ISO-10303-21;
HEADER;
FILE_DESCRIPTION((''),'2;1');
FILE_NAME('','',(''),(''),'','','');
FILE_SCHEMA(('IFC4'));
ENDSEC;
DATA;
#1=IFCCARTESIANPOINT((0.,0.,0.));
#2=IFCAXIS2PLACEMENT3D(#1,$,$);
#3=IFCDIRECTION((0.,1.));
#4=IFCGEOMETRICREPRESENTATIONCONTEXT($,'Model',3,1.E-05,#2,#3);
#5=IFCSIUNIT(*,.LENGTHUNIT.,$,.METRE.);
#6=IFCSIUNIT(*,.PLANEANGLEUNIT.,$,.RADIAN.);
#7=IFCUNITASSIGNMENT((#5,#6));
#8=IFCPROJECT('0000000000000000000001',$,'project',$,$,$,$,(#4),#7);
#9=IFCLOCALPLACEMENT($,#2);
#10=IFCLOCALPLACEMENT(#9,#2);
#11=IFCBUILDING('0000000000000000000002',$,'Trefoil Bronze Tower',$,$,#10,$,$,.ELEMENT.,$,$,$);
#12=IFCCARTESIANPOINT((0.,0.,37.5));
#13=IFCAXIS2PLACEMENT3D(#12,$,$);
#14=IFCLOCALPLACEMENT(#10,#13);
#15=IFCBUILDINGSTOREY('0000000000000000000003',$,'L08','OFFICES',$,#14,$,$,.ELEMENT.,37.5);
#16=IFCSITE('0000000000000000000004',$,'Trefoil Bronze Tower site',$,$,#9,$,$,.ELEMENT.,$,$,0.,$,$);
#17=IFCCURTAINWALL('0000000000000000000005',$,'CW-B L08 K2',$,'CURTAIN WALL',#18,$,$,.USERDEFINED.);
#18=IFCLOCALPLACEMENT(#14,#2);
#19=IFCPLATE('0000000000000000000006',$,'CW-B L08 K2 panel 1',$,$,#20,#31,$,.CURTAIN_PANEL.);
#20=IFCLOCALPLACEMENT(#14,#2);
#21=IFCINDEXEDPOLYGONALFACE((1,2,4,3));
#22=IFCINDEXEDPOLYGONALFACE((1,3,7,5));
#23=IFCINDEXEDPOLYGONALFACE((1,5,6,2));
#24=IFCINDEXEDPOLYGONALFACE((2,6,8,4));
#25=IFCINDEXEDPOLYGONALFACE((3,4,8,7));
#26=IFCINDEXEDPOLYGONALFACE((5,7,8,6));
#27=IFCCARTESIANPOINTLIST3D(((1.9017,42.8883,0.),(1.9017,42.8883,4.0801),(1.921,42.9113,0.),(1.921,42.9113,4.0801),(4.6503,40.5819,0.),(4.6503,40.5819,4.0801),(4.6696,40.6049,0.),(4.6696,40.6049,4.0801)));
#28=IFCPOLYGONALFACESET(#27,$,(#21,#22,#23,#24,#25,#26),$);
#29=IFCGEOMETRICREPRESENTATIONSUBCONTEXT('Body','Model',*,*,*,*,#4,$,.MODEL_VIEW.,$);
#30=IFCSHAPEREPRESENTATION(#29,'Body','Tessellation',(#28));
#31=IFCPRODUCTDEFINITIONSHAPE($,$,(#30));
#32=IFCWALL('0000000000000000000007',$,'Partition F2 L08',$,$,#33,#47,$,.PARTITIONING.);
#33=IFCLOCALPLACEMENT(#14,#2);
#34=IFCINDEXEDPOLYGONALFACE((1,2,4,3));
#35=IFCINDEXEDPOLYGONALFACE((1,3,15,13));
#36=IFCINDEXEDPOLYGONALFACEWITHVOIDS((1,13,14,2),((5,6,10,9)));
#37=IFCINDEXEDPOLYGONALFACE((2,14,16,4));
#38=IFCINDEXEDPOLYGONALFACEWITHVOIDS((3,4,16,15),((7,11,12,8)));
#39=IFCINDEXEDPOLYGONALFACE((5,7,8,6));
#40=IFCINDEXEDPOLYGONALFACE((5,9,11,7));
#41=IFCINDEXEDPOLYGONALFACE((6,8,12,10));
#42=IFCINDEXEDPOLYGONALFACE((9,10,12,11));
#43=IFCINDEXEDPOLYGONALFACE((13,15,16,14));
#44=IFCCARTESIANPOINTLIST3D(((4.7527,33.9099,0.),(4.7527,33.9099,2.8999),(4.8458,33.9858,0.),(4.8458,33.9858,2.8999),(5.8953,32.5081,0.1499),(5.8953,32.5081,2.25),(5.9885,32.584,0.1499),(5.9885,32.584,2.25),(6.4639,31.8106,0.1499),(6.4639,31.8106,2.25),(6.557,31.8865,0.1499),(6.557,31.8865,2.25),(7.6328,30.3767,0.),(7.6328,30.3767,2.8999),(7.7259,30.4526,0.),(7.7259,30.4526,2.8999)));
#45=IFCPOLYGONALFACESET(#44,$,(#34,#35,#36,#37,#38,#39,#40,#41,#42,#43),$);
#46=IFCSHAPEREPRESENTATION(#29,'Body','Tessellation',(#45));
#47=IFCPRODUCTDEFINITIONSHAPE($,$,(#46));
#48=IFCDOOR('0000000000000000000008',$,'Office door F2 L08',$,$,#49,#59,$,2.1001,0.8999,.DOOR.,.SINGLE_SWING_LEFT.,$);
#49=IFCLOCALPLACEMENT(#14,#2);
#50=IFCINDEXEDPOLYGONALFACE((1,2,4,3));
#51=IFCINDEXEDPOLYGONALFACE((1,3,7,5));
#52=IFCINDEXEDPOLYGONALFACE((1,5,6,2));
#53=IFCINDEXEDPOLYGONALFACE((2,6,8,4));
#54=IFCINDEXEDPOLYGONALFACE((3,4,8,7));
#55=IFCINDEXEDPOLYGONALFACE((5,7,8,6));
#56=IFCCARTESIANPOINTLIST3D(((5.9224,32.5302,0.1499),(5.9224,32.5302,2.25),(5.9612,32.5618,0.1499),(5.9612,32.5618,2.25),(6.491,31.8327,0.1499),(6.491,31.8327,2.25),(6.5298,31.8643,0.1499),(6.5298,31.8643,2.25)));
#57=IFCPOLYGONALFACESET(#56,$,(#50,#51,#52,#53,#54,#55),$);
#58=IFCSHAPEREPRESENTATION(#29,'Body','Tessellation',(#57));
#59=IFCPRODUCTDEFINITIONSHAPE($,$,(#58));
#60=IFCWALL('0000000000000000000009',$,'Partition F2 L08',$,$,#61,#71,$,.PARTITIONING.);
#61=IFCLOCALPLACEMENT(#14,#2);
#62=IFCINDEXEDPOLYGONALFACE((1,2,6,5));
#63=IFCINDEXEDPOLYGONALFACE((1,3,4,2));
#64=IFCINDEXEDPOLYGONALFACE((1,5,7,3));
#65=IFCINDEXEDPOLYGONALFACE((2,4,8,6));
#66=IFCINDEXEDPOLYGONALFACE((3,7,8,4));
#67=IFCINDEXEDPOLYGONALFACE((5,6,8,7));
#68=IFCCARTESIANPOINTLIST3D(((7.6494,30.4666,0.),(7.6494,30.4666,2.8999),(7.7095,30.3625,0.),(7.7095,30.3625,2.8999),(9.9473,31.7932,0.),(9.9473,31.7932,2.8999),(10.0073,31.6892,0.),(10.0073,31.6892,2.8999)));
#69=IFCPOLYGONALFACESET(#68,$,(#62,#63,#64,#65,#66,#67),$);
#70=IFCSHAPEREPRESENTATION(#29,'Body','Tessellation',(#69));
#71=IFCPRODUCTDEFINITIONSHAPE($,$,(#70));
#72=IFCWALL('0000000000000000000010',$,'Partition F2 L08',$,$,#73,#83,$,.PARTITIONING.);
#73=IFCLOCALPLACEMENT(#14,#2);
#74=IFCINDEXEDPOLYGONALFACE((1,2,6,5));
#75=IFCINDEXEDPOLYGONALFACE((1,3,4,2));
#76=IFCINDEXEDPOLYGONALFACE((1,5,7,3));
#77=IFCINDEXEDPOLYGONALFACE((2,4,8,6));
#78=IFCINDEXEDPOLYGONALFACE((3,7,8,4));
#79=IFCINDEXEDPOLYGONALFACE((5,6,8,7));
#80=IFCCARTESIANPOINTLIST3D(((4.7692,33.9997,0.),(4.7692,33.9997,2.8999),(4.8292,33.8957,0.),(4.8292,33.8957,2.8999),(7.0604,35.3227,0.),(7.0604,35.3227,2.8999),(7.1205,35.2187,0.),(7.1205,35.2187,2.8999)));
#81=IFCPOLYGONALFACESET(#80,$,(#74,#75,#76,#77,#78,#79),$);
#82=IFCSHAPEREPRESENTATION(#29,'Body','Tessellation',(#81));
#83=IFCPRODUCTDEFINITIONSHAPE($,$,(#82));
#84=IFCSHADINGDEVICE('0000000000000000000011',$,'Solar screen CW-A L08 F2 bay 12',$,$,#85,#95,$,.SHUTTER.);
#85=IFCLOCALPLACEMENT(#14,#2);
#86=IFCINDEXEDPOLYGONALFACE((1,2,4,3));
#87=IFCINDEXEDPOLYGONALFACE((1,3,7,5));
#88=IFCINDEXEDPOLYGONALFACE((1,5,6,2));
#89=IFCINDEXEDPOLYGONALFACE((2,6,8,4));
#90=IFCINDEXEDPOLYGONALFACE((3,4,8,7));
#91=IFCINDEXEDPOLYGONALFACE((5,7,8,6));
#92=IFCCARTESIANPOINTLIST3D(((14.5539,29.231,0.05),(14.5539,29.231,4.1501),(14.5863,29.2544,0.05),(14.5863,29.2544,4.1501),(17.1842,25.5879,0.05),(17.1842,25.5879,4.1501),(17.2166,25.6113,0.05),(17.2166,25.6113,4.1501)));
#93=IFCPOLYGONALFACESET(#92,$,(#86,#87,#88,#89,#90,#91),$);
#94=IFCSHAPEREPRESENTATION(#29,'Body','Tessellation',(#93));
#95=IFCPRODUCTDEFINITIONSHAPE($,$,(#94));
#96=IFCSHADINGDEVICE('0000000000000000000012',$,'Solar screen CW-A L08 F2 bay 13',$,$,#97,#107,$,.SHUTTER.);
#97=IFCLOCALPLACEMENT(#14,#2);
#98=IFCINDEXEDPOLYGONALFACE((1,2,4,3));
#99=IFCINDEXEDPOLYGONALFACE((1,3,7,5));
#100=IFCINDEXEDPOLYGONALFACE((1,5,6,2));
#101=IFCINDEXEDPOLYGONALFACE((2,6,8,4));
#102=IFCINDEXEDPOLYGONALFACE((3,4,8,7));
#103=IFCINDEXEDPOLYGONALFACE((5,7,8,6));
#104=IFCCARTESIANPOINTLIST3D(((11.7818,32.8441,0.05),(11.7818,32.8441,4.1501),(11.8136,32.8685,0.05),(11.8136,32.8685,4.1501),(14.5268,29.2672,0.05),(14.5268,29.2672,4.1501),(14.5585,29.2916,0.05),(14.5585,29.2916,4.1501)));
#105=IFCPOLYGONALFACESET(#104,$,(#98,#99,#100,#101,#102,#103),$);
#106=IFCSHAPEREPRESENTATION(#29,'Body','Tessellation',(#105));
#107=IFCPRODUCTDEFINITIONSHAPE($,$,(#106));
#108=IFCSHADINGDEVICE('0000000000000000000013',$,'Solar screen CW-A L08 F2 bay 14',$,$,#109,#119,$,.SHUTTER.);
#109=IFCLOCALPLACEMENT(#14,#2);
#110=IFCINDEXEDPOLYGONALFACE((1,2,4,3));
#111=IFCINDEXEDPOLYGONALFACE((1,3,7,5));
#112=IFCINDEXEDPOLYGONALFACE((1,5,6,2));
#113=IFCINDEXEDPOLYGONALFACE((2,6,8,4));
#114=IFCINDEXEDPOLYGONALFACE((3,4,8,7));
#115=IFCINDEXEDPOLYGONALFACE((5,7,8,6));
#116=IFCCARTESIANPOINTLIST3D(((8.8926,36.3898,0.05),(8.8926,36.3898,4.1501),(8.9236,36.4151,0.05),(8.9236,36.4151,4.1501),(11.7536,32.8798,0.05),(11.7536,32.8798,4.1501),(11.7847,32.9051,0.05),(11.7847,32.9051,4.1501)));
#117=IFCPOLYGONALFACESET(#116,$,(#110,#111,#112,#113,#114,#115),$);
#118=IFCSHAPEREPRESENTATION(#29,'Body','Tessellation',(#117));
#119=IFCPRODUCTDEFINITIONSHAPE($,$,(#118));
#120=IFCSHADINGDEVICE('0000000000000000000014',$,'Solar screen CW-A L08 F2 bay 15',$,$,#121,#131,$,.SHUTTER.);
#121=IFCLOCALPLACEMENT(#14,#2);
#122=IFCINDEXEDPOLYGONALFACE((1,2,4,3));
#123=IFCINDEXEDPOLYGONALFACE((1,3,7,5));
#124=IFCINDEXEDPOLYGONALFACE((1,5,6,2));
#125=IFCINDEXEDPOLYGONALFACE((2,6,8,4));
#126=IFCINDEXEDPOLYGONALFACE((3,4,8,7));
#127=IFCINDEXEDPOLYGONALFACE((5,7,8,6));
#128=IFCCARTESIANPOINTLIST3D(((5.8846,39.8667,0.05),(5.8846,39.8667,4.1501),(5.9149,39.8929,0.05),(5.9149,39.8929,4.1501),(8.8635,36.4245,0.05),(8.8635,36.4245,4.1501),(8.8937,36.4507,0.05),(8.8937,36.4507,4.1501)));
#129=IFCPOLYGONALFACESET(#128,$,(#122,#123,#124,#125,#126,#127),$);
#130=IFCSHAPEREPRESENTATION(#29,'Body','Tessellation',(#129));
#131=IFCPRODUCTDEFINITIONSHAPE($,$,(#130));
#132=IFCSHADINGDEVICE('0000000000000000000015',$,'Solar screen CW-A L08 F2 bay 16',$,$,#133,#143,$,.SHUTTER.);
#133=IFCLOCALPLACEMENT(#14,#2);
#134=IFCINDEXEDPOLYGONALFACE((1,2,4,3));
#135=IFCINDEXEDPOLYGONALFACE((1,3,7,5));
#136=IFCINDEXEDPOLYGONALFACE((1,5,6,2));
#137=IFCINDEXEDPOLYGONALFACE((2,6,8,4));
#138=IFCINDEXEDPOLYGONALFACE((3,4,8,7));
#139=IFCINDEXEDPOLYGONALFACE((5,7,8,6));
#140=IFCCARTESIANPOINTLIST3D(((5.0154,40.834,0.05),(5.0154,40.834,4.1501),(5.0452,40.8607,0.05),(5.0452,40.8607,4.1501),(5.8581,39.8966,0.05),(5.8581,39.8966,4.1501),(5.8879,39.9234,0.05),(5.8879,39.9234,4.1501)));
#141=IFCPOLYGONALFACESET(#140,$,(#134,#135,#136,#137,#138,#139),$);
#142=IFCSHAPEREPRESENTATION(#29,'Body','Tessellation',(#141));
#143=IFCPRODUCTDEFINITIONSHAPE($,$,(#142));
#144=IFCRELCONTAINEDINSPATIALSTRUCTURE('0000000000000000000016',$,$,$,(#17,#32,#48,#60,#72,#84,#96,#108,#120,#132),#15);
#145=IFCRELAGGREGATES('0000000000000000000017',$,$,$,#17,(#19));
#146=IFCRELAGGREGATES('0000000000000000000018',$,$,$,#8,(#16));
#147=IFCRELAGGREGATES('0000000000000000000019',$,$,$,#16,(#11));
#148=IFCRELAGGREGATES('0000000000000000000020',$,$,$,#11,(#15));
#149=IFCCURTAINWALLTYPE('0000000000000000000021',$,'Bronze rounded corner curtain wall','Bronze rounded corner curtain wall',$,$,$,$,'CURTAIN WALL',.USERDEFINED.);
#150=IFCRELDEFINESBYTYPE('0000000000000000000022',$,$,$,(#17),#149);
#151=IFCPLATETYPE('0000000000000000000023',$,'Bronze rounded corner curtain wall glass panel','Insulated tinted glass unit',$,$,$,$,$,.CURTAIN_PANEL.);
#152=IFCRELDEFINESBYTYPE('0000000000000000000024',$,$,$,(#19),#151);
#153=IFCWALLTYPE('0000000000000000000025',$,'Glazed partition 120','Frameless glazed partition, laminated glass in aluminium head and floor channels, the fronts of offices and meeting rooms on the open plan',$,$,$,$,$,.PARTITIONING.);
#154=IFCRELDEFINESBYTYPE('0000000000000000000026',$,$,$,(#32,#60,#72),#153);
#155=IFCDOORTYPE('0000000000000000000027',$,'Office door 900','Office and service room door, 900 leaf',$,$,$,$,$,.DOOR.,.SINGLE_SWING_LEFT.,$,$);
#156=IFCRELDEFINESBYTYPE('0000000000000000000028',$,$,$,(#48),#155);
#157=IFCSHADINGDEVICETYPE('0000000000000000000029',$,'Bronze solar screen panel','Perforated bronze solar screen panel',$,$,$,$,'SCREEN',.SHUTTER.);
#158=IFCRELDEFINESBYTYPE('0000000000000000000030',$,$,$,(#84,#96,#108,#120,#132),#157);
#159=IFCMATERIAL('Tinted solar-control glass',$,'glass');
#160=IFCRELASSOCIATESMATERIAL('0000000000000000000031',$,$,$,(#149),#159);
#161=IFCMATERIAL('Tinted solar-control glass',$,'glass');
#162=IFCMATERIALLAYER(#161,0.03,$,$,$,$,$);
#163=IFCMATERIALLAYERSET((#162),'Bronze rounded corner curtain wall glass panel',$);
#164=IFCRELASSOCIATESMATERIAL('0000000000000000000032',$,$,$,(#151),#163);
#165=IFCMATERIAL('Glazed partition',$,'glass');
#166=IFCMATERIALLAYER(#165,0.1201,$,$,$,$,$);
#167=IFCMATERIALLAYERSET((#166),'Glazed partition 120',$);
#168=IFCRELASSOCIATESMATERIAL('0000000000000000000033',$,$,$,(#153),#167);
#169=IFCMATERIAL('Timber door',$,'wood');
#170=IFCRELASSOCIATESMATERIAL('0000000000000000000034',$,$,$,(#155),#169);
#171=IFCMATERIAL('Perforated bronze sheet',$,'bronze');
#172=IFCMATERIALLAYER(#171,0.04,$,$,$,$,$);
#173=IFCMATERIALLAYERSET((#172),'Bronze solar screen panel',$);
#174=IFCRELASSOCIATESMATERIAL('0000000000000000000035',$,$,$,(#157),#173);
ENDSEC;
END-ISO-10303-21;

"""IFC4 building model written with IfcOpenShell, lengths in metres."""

from ifc_helpers import new_model, si_unit, direction, frame, frame_2d, origin, origin_2d, place, context, subcontext, project, spatial, rectangle, extrude, material, layer, layer_set, type_object, element, fill, aggregate, save


model = new_model("IFC4")

# Units and contexts
model_context = context("Model", 3, precision=1e-05, world=origin(), true_north=direction((0.0, 1.0)))
body_context = subcontext(model_context, "Body", "Model", "MODEL_VIEW")
ifc_project = project(units=[si_unit("LENGTHUNIT", "METRE"), si_unit("PLANEANGLEUNIT", "RADIAN")], contexts=[model_context])

# Site, building, storey
site_placement = place(None, origin())
site = spatial("IfcSite", under=ifc_project, at=site_placement, Name="Trefoil Bronze Tower site", CompositionType="ELEMENT", RefElevation=0.0)
building_placement = place(site_placement, origin())
building = spatial("IfcBuilding", under=site, at=building_placement, Name="Trefoil Bronze Tower", CompositionType="ELEMENT")
storey_placement = place(building_placement, frame((0.0, 0.0, 37.5)))
storey = spatial("IfcBuildingStorey", under=building, at=storey_placement, Name="L08", Description="OFFICES", CompositionType="ELEMENT", Elevation=37.5)

# Curtain wall
ifc_material_1 = material(Name="Tinted solar-control glass", Category="glass")
curtain_wall_type_1 = type_object("IfcCurtainWallType", Name="Bronze rounded corner curtain wall", Description="Bronze rounded corner curtain wall", ElementType="CURTAIN WALL", PredefinedType="USERDEFINED", material=ifc_material_1)
curtain_wall_1_placement = place(storey_placement, origin())
curtain_wall_1 = element("IfcCurtainWall", 1, at=curtain_wall_1_placement, inside=storey, type_object=curtain_wall_type_1, Name="CW-B L08 K2", ObjectType="CURTAIN WALL", PredefinedType="USERDEFINED")

# Plate
ifc_material_2 = material(Name="Tinted solar-control glass", Category="glass")
ifc_layer_1 = layer(ifc_material_2, 0.03)
ifc_layer_set_1 = layer_set([ifc_layer_1], Name="Bronze rounded corner curtain wall glass panel")
plate_type_1 = type_object("IfcPlateType", Name="Bronze rounded corner curtain wall glass panel", Description="Insulated tinted glass unit", PredefinedType="CURTAIN_PANEL", material=ifc_layer_set_1)
plate_1_placement = place(storey_placement, frame((3.2856, 41.7466, 0.0), z_axis=(0.0, 0.0, 1.0), x_axis=(-0.766044, 0.642788, 0.0)))
plate_1 = element("IfcPlate", 2, at=plate_1_placement, type_object=plate_type_1, Name="CW-B L08 K2 panel 1", PredefinedType="CURTAIN_PANEL", context=body_context, shape_type="SweptSolid", body=[
    extrude(rectangle(XDim=3.5881, YDim=0.03, at=origin_2d()), origin(), (0.0, 0.0, 1.0), 4.0801),
])
aggregate(curtain_wall_1, [plate_1])

# Wall, opening, door
ifc_material_3 = material(Name="Glazed partition", Category="glass")
ifc_layer_2 = layer(ifc_material_3, 0.1201)
ifc_layer_set_2 = layer_set([ifc_layer_2], Name="Glazed partition 120")
wall_type = type_object("IfcWallType", Name="Glazed partition 120", Description="Frameless glazed partition, laminated glass in aluminium head and floor channels, the fronts of offices and meeting rooms on the open plan", PredefinedType="PARTITIONING", material=ifc_layer_set_2)
wall_1_placement = place(storey_placement, frame((7.6794, 30.4146, 0.0), z_axis=(0.0, 0.0, 1.0), x_axis=(-0.631834, 0.775104, 0.0)))
wall_1 = element("IfcWall", 3, at=wall_1_placement, inside=storey, type_object=wall_type, Name="Partition F2 L08", PredefinedType="PARTITIONING", context=body_context, shape_type="SweptSolid", body=[
    extrude(rectangle(XDim=4.5583, YDim=0.1201, at=frame_2d((2.2793, 0.0))), origin(), (0.0, 0.0, 1.0), 2.8999),
])
opening_placement = place(wall_1_placement, frame((1.8501, 0.0, 0.1499)))
opening = element("IfcOpeningElement", 4, at=opening_placement, cuts=wall_1, PredefinedType="OPENING", context=body_context, shape_type="SweptSolid", body=[
    extrude(rectangle(XDim=0.8999, YDim=2.1001, at=frame_2d((0.45, 1.05))), frame((0.0, 0.0701, 0.0), z_axis=(0.0, -1.0, 0.0), x_axis=(1.0, 0.0, 0.0)), (0.0, 0.0, 1.0), 0.1401),
])
ifc_material_4 = material(Name="Timber door", Category="wood")
door_type = type_object("IfcDoorType", Name="Office door 900", Description="Office and service room door, 900 leaf", OperationType="SINGLE_SWING_LEFT", PredefinedType="DOOR", material=ifc_material_4)
door_placement = place(opening_placement, frame((0.8999, 0.0, 0.0), z_axis=(0.0, 0.0, 1.0), x_axis=(-1.0, 0.0, 0.0)))
door = element("IfcDoor", 5, at=door_placement, inside=storey, type_object=door_type, Name="Office door F2 L08", OperationType="SINGLE_SWING_LEFT", OverallHeight=2.1001, OverallWidth=0.8999, PredefinedType="DOOR", context=body_context, shape_type="SweptSolid", body=[
    extrude(rectangle(XDim=0.8999, YDim=2.1001, at=frame_2d((0.45, 1.05))), frame((0.0, 0.0249, 0.0), z_axis=(0.0, -1.0, 0.0), x_axis=(1.0, 0.0, 0.0)), (0.0, 0.0, 1.0), 0.05),
])
fill(opening, door)

# Walls
wall_2_placement = place(storey_placement, frame((7.6794, 30.4146, 0.0), z_axis=(0.0, 0.0, 1.0), x_axis=(0.866026, 0.499999, 0.0)))
element("IfcWall", 6, at=wall_2_placement, inside=storey, type_object=wall_type, Name="Partition F2 L08", PredefinedType="PARTITIONING", context=body_context, shape_type="SweptSolid", body=[
    extrude(rectangle(XDim=2.6533, YDim=0.1201, at=frame_2d((1.3267, 0.0))), origin(), (0.0, 0.0, 1.0), 2.8999),
])
wall_3_placement = place(storey_placement, frame((4.7993, 33.9478, 0.0), z_axis=(0.0, 0.0, 1.0), x_axis=(0.866003, 0.500039, 0.0)))
element("IfcWall", 7, at=wall_3_placement, inside=storey, type_object=wall_type, Name="Partition F2 L08", PredefinedType="PARTITIONING", context=body_context, shape_type="SweptSolid", body=[
    extrude(rectangle(XDim=2.6458, YDim=0.1201, at=frame_2d((1.3228, 0.0))), origin(), (0.0, 0.0, 1.0), 2.8999),
])

# Shading devices
ifc_material_5 = material(Name="Perforated bronze sheet", Category="bronze")
ifc_layer_3 = layer(ifc_material_5, 0.04)
ifc_layer_set_3 = layer_set([ifc_layer_3], Name="Bronze solar screen panel")
shading_device_type = type_object("IfcShadingDeviceType", Name="Bronze solar screen panel", Description="Perforated bronze solar screen panel", ElementType="SCREEN", PredefinedType="SHUTTER", material=ifc_layer_set_3)
shading_device_1_placement = place(storey_placement, frame((15.8853, 27.4211, 0.05), z_axis=(0.0, 0.0, 1.0), x_axis=(-0.585373, 0.810764, 0.0)))
element("IfcShadingDevice", 8, at=shading_device_1_placement, inside=storey, type_object=shading_device_type, Name="Solar screen CW-A L08 F2 bay 12", PredefinedType="SHUTTER", context=body_context, shape_type="SweptSolid", body=[
    extrude(rectangle(XDim=4.4934, YDim=0.04, at=origin_2d()), origin(), (0.0, 0.0, 1.0), 4.1001),
])
shading_device_2_placement = place(storey_placement, frame((13.1702, 31.0679, 0.05), z_axis=(0.0, 0.0, 1.0), x_axis=(-0.608808, 0.793318, 0.0)))
element("IfcShadingDevice", 9, at=shading_device_2_placement, inside=storey, type_object=shading_device_type, Name="Solar screen CW-A L08 F2 bay 13", PredefinedType="SHUTTER", context=body_context, shape_type="SweptSolid", body=[
    extrude(rectangle(XDim=4.5088, YDim=0.04, at=origin_2d()), origin(), (0.0, 0.0, 1.0), 4.1001),
])
shading_device_3_placement = place(storey_placement, frame((10.3386, 34.6475, 0.05), z_axis=(0.0, 0.0, 1.0), x_axis=(-0.631811, 0.775123, 0.0)))
element("IfcShadingDevice", 10, at=shading_device_3_placement, inside=storey, type_object=shading_device_type, Name="Solar screen CW-A L08 F2 bay 14", PredefinedType="SHUTTER", context=body_context, shape_type="SweptSolid", body=[
    extrude(rectangle(XDim=4.5283, YDim=0.04, at=origin_2d()), origin(), (0.0, 0.0, 1.0), 4.1001),
])
shading_device_4_placement = place(storey_placement, frame((7.3892, 38.1587, 0.05), z_axis=(0.0, 0.0, 1.0), x_axis=(-0.654376, 0.756169, 0.0)))
element("IfcShadingDevice", 11, at=shading_device_4_placement, inside=storey, type_object=shading_device_type, Name="Solar screen CW-A L08 F2 bay 15", PredefinedType="SHUTTER", context=body_context, shape_type="SweptSolid", body=[
    extrude(rectangle(XDim=4.5522, YDim=0.04, at=origin_2d()), origin(), (0.0, 0.0, 1.0), 4.1001),
])
shading_device_5_placement = place(storey_placement, frame((5.4517, 40.3787, 0.05), z_axis=(0.0, 0.0, 1.0), x_axis=(-0.668575, 0.743645, 0.0)))
element("IfcShadingDevice", 12, at=shading_device_5_placement, inside=storey, type_object=shading_device_type, Name="Solar screen CW-A L08 F2 bay 16", PredefinedType="SHUTTER", context=body_context, shape_type="SweptSolid", body=[
    extrude(rectangle(XDim=1.2605, YDim=0.04, at=origin_2d()), origin(), (0.0, 0.0, 1.0), 4.1001),
])

save(model, "model.ifc")
